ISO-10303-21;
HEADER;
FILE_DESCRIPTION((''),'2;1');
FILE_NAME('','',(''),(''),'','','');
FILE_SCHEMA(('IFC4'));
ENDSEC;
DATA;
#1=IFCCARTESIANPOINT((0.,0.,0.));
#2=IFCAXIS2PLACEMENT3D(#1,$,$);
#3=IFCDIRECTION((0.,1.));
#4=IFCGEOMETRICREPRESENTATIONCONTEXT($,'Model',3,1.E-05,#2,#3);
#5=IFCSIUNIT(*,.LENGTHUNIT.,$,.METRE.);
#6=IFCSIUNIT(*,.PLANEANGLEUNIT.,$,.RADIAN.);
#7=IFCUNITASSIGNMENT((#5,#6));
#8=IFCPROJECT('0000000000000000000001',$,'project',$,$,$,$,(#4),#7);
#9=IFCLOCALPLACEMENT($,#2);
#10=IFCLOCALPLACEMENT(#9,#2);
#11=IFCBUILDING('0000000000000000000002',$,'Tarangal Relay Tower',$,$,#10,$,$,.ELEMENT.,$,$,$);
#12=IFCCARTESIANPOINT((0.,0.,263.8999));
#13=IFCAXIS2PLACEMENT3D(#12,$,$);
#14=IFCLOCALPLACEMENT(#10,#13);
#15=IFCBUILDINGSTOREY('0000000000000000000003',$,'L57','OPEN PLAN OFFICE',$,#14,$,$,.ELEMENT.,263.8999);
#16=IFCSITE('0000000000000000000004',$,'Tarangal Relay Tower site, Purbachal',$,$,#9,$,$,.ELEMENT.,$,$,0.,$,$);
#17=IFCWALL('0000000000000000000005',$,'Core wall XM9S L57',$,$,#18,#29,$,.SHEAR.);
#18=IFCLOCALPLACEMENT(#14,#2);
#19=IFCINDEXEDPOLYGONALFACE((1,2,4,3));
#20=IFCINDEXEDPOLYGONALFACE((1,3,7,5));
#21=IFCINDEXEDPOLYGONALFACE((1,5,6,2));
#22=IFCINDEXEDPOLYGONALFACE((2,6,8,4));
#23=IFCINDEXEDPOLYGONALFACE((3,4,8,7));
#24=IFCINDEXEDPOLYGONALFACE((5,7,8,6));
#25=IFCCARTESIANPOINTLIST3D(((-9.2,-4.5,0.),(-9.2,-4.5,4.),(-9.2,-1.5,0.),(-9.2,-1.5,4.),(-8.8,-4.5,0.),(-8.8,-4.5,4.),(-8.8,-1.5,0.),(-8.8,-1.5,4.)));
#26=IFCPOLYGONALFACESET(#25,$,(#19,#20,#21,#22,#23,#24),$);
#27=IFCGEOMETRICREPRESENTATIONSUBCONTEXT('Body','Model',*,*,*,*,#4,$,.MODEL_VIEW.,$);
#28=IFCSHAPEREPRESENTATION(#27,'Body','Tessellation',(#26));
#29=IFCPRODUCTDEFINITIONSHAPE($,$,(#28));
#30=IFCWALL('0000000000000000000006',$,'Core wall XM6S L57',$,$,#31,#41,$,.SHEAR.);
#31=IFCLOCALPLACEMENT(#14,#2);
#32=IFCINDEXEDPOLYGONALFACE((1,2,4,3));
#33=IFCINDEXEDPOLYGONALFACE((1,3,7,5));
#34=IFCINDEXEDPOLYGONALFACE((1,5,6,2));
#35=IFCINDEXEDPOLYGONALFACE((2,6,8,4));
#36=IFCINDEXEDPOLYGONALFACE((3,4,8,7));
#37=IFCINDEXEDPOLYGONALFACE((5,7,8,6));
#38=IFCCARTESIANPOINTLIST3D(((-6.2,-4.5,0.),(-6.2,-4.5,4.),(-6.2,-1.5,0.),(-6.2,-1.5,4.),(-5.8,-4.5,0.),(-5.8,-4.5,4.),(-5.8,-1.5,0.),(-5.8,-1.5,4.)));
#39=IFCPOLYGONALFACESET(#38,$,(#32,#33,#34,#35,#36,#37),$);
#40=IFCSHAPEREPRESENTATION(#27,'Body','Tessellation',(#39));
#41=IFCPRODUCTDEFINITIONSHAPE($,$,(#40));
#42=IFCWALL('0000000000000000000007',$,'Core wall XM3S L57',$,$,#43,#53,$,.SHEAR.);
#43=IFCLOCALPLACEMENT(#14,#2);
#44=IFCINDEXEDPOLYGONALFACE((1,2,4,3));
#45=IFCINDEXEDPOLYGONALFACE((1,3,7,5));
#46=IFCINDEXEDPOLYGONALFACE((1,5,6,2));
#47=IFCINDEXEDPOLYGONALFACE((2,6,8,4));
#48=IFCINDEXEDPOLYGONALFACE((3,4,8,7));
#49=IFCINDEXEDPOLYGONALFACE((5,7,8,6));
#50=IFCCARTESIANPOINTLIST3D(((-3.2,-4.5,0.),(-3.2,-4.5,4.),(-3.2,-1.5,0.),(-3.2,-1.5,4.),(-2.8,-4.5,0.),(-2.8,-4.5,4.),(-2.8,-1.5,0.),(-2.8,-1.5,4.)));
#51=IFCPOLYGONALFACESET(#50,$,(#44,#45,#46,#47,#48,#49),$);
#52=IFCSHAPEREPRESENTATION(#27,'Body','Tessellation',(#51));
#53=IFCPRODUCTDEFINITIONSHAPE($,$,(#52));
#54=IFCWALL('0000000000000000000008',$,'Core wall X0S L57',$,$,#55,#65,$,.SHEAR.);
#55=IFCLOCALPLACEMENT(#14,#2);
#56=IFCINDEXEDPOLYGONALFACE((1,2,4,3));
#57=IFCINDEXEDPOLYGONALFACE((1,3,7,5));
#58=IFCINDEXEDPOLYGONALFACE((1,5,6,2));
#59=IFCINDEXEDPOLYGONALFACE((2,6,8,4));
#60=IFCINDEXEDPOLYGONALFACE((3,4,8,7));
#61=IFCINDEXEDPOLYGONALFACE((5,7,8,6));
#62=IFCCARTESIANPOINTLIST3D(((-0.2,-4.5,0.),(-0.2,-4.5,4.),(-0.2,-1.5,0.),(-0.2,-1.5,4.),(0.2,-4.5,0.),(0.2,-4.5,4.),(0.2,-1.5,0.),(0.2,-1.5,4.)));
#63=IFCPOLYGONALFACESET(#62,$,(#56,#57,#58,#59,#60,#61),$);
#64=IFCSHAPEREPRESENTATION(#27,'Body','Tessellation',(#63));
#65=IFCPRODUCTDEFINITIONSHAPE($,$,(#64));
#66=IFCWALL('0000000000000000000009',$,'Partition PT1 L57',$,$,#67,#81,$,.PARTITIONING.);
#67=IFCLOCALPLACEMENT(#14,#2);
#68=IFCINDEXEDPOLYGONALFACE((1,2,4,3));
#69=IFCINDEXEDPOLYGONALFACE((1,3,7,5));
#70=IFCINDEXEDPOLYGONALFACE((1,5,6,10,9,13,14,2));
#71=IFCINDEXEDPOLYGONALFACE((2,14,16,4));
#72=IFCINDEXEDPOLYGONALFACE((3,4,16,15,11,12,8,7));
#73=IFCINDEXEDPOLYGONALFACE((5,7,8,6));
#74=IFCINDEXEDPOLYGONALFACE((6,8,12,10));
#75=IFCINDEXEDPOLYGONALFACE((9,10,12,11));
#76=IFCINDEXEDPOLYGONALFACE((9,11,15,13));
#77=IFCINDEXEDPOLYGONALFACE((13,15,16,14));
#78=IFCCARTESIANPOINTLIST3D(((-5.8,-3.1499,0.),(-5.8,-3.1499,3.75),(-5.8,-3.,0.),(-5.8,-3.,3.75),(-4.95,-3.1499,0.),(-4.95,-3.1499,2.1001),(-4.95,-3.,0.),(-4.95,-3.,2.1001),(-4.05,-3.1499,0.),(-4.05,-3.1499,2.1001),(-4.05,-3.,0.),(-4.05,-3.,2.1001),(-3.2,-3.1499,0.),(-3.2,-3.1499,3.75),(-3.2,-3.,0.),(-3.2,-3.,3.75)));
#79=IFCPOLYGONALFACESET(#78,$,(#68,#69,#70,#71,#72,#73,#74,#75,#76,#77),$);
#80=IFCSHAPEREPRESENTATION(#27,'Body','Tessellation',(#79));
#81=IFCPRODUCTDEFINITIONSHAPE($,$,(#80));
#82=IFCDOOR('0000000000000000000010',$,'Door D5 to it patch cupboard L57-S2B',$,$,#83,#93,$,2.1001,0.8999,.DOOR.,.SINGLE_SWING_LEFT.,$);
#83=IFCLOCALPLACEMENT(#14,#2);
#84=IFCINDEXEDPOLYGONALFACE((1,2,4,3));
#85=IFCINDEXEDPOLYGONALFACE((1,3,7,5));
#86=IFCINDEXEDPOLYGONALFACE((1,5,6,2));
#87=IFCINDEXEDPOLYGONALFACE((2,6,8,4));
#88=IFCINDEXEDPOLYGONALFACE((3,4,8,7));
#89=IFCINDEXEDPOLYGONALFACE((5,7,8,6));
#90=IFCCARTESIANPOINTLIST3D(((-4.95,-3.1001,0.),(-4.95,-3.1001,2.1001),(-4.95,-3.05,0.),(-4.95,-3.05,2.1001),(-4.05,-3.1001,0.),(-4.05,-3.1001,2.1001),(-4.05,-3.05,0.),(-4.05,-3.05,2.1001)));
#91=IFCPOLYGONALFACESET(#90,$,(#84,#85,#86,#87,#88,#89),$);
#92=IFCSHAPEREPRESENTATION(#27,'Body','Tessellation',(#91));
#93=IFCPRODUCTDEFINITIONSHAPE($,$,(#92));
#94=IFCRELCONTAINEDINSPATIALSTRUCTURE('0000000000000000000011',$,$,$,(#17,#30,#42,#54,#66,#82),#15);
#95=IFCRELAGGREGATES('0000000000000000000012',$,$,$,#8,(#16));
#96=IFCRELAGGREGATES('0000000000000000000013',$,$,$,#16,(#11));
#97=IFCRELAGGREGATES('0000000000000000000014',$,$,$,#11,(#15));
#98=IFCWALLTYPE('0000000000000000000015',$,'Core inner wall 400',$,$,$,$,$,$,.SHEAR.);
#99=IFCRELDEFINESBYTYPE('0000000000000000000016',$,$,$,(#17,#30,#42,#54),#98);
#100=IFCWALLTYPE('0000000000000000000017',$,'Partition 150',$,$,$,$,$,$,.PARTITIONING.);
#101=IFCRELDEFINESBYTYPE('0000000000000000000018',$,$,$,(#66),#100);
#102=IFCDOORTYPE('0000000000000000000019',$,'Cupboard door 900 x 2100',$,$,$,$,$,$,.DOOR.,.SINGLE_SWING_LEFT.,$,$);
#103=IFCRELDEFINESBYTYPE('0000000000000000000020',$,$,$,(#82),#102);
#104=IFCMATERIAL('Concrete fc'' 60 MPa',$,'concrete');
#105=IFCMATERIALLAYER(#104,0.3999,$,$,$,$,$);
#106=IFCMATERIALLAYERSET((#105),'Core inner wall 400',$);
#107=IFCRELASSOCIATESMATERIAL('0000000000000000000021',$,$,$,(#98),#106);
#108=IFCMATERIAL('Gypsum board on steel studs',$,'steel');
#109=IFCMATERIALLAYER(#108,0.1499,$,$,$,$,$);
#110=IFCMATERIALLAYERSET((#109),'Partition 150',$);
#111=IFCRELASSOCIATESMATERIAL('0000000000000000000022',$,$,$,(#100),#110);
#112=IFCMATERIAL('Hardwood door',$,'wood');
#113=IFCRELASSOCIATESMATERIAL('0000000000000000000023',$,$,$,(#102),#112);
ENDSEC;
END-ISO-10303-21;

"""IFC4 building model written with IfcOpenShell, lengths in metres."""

from ifc_helpers import new_model, si_unit, direction, frame, frame_2d, origin, place, context, subcontext, project, spatial, rectangle, extrude, material, layer, layer_set, type_object, element, fill, save


model = new_model("IFC4")

# Units and contexts
model_context = context("Model", 3, precision=1e-05, world=origin(), true_north=direction((0.0, 1.0)))
body_context = subcontext(model_context, "Body", "Model", "MODEL_VIEW")
ifc_project = project(units=[si_unit("LENGTHUNIT", "METRE"), si_unit("PLANEANGLEUNIT", "RADIAN")], contexts=[model_context])

# Site, building, storey
site_placement = place(None, origin())
site = spatial("IfcSite", under=ifc_project, at=site_placement, Name="Tarangal Relay Tower site, Purbachal", CompositionType="ELEMENT", RefElevation=0.0)
building_placement = place(site_placement, origin())
building = spatial("IfcBuilding", under=site, at=building_placement, Name="Tarangal Relay Tower", CompositionType="ELEMENT")
storey_placement = place(building_placement, frame((0.0, 0.0, 263.8999)))
storey = spatial("IfcBuildingStorey", under=building, at=storey_placement, Name="L57", Description="OPEN PLAN OFFICE", CompositionType="ELEMENT", Elevation=263.8999)

# Shared definitions
ifc_material_1 = material(Name="Concrete fc' 60 MPa", Category="concrete")
ifc_layer_1 = layer(ifc_material_1, 0.3999)
ifc_layer_set_1 = layer_set([ifc_layer_1], Name="Core inner wall 400")
wall_type_1 = type_object("IfcWallType", Name="Core inner wall 400", PredefinedType="SHEAR", material=ifc_layer_set_1)

# Shared definitions
ifc_material_2 = material(Name="Hardwood door", Category="wood")

# Walls
for number, where, z_axis, x_axis, name in (
    (1, (-9.0, -4.5, 0.0), (0.0, 0.0, 1.0), (0.0, 1.0, 0.0), "Core wall XM9S L57"),
    (2, (-6.0, -4.5, 0.0), (0.0, 0.0, 1.0), (0.0, 1.0, 0.0), "Core wall XM6S L57"),
    (3, (-3.0, -4.5, 0.0), (0.0, 0.0, 1.0), (0.0, 1.0, 0.0), "Core wall XM3S L57"),
    (4, (0.0, -4.5, 0.0), (0.0, 0.0, 1.0), (0.0, 1.0, 0.0), "Core wall X0S L57"),
):
    element("IfcWall", number, at=place(storey_placement, frame(where, z_axis=z_axis, x_axis=x_axis)), inside=storey, type_object=wall_type_1, Name=name, PredefinedType="SHEAR", context=body_context, shape_type="SweptSolid", body=[
        extrude(rectangle(XDim=3.0, YDim=0.3999, at=frame_2d((1.5, 0.0))), origin(), (0.0, 0.0, 1.0), 4.0),
    ])

# Wall, opening, door
ifc_material_3 = material(Name="Gypsum board on steel studs", Category="steel")
ifc_layer_2 = layer(ifc_material_3, 0.1499)
ifc_layer_set_2 = layer_set([ifc_layer_2], Name="Partition 150")
wall_type_2 = type_object("IfcWallType", Name="Partition 150", PredefinedType="PARTITIONING", material=ifc_layer_set_2)
wall_1_placement = place(storey_placement, frame((-5.8, -3.075, 0.0), z_axis=(0.0, 0.0, 1.0), x_axis=(1.0, 0.0, 0.0)))
wall_1 = element("IfcWall", 5, at=wall_1_placement, inside=storey, type_object=wall_type_2, Name="Partition PT1 L57", PredefinedType="PARTITIONING", context=body_context, shape_type="SweptSolid", body=[
    extrude(rectangle(XDim=2.6001, YDim=0.1499, at=frame_2d((1.3, 0.0))), origin(), (0.0, 0.0, 1.0), 3.75),
])
opening_1_placement = place(wall_1_placement, frame((0.8501, 0.0, 0.0)))
opening_1 = element("IfcOpeningElement", 6, at=opening_1_placement, cuts=wall_1, PredefinedType="OPENING", context=body_context, shape_type="SweptSolid", body=[
    extrude(rectangle(XDim=0.8999, YDim=2.1001, at=frame_2d((0.45, 1.05))), frame((0.0, 0.085, 0.0), z_axis=(0.0, -1.0, 0.0), x_axis=(1.0, 0.0, 0.0)), (0.0, 0.0, 1.0), 0.1699),
])
door_type_1 = type_object("IfcDoorType", Name="Cupboard door 900 x 2100", OperationType="SINGLE_SWING_LEFT", PredefinedType="DOOR", material=ifc_material_2)
door_1_placement = place(opening_1_placement, origin())
door_1 = element("IfcDoor", 7, at=door_1_placement, inside=storey, type_object=door_type_1, Name="Door D5 to it patch cupboard L57-S2B", OperationType="SINGLE_SWING_LEFT", OverallHeight=2.1001, OverallWidth=0.8999, PredefinedType="DOOR", context=body_context, shape_type="SweptSolid", body=[
    extrude(rectangle(XDim=0.8999, YDim=2.1001, at=frame_2d((0.45, 1.05))), frame((0.0, 0.0249, 0.0), z_axis=(0.0, -1.0, 0.0), x_axis=(1.0, 0.0, 0.0)), (0.0, 0.0, 1.0), 0.05),
])
fill(opening_1, door_1)

save(model, "model.ifc")
